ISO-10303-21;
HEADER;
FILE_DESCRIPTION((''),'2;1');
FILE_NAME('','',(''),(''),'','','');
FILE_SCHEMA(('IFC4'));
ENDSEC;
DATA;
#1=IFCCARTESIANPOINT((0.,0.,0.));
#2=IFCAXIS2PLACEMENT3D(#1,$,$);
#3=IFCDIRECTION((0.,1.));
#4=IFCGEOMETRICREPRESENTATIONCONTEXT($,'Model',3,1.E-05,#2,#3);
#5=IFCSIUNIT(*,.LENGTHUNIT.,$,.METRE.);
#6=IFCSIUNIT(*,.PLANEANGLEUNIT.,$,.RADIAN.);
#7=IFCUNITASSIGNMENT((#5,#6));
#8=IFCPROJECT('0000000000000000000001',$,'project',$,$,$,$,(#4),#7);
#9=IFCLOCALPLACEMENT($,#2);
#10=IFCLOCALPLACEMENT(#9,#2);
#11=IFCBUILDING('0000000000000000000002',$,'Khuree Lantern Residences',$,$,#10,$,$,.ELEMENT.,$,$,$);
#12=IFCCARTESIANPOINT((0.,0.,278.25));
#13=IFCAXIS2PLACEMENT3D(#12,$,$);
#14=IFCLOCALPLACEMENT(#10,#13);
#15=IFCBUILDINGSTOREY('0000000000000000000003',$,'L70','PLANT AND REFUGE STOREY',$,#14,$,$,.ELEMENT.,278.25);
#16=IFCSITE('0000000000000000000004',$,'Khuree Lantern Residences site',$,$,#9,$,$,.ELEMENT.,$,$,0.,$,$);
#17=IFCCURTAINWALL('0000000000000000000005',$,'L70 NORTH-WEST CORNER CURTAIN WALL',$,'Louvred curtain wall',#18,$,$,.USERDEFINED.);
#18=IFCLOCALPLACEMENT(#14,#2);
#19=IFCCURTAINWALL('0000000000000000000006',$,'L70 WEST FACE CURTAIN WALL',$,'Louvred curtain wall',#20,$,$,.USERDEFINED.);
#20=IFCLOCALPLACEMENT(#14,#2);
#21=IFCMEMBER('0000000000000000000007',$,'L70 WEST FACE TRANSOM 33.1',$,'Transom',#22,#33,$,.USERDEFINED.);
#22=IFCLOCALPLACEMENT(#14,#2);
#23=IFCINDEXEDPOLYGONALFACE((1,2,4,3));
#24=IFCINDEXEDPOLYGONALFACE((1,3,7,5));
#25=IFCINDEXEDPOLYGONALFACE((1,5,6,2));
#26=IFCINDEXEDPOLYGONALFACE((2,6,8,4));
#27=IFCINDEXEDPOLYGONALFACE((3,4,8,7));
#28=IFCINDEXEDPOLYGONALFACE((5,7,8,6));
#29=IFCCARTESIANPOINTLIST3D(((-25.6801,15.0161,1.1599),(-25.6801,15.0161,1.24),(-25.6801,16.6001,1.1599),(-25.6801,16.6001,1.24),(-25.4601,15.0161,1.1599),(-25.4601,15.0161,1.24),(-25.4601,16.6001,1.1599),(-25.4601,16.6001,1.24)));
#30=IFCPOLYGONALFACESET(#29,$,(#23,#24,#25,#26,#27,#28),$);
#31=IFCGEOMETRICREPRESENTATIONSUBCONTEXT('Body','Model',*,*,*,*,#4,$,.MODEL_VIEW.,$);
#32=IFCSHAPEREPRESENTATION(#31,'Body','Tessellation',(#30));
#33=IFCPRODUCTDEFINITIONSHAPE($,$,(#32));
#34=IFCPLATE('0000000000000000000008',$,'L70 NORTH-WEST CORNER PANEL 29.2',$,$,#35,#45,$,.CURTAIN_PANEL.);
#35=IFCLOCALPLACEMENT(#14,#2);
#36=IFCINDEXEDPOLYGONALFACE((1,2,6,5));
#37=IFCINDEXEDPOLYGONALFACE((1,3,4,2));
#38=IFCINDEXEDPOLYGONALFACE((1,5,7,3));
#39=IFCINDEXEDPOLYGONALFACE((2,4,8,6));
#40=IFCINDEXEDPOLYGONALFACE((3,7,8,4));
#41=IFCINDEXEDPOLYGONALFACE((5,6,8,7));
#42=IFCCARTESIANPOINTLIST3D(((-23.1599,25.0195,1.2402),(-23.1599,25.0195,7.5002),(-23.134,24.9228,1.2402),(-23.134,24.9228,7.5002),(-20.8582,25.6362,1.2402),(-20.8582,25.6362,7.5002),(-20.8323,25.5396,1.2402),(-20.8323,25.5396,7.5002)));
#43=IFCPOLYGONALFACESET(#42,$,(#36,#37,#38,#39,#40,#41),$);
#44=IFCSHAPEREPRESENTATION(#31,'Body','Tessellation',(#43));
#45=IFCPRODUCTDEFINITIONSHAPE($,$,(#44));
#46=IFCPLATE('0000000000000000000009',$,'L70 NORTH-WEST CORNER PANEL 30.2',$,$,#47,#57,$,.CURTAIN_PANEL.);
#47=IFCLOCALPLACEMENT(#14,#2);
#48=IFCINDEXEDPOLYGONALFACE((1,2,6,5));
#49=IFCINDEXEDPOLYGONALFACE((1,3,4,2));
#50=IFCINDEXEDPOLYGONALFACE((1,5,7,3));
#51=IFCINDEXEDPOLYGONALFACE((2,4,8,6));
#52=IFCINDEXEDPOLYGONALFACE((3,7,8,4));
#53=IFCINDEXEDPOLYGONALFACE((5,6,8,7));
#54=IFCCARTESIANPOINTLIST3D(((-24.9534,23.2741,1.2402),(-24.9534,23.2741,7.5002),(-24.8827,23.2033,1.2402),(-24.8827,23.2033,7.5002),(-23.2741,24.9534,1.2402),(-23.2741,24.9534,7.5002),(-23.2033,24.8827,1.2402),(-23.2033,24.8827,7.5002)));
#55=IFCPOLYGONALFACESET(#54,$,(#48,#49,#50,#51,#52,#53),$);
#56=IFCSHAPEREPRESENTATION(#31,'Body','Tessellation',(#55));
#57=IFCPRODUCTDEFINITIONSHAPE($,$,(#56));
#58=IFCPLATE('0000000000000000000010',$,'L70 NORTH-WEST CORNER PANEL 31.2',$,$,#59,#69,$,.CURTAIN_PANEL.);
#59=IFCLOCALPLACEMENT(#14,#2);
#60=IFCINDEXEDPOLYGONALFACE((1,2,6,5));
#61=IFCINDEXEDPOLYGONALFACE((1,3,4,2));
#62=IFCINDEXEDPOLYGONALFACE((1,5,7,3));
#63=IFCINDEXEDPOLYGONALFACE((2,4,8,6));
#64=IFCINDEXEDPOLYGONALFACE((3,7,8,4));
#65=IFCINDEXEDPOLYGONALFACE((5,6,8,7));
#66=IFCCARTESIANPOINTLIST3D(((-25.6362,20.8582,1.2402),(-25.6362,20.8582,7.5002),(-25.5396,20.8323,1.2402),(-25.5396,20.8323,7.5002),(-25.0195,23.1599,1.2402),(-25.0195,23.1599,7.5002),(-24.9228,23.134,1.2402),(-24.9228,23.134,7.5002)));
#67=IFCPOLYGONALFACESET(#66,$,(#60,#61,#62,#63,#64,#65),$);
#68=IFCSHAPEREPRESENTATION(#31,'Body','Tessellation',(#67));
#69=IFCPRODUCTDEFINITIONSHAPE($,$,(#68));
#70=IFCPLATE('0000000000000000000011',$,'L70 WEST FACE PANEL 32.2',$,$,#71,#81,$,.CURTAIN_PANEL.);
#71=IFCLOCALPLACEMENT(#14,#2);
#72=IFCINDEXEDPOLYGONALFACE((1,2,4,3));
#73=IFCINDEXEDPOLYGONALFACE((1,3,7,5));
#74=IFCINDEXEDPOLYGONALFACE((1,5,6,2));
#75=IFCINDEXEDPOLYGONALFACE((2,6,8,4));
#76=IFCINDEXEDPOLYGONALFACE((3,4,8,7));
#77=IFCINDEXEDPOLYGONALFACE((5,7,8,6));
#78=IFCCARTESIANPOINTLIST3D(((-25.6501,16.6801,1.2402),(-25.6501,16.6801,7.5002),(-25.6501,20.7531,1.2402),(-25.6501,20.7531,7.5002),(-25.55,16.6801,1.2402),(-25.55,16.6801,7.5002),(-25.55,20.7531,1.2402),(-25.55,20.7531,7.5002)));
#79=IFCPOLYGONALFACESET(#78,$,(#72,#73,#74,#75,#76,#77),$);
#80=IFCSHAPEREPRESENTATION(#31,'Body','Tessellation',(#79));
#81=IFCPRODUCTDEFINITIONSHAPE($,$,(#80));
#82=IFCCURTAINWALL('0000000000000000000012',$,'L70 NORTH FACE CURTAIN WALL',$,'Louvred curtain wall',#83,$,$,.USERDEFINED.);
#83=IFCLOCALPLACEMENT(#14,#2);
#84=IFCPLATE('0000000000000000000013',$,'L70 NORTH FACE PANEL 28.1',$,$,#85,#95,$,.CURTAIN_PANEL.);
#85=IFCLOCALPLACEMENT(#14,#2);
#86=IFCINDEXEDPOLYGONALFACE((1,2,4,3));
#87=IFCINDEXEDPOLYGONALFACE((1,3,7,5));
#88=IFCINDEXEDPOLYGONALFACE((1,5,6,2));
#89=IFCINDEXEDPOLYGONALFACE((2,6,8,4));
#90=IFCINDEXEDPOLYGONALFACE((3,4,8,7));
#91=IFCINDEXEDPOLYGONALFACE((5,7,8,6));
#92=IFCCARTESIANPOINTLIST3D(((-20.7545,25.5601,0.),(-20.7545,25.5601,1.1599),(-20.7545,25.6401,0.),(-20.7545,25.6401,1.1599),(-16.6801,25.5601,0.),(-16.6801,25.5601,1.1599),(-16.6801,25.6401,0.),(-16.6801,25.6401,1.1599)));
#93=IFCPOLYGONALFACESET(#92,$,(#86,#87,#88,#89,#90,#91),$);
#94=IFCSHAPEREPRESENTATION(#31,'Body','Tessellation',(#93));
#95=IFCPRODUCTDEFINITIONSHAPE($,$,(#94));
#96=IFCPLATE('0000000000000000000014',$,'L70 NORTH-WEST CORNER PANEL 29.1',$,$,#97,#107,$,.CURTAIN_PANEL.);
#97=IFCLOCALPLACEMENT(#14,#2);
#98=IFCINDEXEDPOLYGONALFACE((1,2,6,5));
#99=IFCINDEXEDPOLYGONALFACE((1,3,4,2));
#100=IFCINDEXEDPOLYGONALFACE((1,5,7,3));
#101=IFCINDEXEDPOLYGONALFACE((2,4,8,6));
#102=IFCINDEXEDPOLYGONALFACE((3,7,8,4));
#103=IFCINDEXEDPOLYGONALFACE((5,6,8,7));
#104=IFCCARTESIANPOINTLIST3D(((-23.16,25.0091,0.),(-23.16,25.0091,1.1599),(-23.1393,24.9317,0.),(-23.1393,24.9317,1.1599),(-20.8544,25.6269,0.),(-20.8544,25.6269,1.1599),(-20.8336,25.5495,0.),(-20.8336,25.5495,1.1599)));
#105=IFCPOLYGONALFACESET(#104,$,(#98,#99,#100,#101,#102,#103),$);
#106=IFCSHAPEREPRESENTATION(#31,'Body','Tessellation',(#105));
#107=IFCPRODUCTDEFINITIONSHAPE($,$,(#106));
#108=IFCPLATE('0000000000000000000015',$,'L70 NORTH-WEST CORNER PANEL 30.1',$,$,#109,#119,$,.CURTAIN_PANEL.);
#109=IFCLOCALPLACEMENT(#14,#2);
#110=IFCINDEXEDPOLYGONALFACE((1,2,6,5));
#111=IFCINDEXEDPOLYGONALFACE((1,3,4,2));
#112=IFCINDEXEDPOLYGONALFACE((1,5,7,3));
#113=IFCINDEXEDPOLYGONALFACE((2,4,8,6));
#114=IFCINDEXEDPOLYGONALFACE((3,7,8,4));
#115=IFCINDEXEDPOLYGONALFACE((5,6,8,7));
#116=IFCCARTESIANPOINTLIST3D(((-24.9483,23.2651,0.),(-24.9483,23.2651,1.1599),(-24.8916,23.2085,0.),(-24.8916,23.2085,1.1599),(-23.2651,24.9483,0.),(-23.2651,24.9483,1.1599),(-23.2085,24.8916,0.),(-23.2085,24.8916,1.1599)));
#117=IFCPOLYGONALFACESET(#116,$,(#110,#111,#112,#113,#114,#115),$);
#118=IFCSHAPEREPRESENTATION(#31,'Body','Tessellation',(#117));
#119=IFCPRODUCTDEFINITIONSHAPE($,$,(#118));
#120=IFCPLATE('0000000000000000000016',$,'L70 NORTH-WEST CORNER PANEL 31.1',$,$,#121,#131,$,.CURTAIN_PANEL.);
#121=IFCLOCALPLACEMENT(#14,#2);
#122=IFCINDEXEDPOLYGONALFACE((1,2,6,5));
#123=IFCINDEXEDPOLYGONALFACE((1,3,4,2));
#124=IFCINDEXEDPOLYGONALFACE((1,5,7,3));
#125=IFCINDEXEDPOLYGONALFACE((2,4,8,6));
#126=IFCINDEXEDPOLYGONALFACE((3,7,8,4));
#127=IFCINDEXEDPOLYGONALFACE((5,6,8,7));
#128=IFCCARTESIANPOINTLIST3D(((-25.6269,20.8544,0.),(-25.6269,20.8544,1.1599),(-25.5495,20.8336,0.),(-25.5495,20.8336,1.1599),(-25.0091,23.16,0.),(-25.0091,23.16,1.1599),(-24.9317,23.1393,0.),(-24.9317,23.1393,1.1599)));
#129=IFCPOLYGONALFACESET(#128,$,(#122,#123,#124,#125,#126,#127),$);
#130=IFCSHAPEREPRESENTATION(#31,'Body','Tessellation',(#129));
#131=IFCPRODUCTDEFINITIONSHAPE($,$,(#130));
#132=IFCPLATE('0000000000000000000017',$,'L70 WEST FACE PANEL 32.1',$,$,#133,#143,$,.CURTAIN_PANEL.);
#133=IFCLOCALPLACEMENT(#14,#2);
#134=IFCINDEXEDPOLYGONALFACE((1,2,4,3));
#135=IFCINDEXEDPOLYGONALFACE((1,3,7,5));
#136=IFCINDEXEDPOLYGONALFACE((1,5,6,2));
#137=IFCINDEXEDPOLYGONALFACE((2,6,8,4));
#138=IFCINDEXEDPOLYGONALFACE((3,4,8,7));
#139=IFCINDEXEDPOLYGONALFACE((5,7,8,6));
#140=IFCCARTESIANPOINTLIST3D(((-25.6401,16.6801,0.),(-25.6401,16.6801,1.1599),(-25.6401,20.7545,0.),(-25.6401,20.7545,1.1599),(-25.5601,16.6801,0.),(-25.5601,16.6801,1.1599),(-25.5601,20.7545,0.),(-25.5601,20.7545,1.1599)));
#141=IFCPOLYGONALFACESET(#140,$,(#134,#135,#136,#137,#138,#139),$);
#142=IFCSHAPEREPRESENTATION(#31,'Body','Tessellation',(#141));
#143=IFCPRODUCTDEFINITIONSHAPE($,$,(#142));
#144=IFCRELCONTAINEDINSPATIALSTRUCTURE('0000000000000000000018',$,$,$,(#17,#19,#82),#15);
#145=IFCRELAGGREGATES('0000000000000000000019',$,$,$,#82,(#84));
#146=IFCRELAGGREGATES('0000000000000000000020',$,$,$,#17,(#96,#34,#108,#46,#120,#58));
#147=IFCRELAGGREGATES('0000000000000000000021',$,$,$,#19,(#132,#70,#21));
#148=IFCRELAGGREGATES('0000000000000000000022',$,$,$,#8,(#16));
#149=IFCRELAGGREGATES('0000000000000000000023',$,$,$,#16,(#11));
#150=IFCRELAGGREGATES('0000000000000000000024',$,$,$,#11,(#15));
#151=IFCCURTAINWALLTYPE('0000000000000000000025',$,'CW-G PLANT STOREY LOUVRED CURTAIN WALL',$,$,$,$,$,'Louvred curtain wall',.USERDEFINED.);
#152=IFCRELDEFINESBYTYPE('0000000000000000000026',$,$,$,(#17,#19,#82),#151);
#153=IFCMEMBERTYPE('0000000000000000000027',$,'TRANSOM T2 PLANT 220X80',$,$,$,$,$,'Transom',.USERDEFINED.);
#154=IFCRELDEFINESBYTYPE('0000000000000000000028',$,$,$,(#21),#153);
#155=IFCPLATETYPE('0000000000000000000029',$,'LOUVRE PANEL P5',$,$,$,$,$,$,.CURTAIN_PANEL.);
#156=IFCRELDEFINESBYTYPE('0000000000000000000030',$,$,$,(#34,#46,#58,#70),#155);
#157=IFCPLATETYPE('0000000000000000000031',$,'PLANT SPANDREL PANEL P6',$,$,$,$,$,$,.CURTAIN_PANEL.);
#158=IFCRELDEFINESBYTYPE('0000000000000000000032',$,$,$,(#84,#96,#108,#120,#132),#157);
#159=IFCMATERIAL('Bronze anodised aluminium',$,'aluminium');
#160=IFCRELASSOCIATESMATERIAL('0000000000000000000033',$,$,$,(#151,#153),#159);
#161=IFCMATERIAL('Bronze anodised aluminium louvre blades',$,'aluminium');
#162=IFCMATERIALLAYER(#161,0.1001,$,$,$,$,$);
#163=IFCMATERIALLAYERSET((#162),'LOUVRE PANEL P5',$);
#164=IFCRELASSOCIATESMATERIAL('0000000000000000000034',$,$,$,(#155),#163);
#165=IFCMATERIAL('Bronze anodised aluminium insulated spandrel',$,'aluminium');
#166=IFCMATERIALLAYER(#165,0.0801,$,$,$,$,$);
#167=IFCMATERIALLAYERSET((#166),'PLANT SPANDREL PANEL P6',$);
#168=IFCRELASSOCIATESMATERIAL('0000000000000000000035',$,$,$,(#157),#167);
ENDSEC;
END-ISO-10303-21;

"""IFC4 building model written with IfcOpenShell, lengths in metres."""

from ifc_helpers import new_model, si_unit, direction, frame, origin, origin_2d, place, context, subcontext, project, spatial, rectangle, extrude, material, layer, layer_set, material_profile, profile_set, type_object, element, aggregate, save


model = new_model("IFC4")

# Units and contexts
model_context = context("Model", 3, precision=1e-05, world=origin(), true_north=direction((0.0, 1.0)))
body_context = subcontext(model_context, "Body", "Model", "MODEL_VIEW")
ifc_project = project(units=[si_unit("LENGTHUNIT", "METRE"), si_unit("PLANEANGLEUNIT", "RADIAN")], contexts=[model_context])

# Site, building, storey
site_placement = place(None, origin())
site = spatial("IfcSite", under=ifc_project, at=site_placement, Name="Khuree Lantern Residences site", CompositionType="ELEMENT", RefElevation=0.0)
building_placement = place(site_placement, origin())
building = spatial("IfcBuilding", under=site, at=building_placement, Name="Khuree Lantern Residences", CompositionType="ELEMENT")
storey_placement = place(building_placement, frame((0.0, 0.0, 278.25)))
storey = spatial("IfcBuildingStorey", under=building, at=storey_placement, Name="L70", Description="PLANT AND REFUGE STOREY", CompositionType="ELEMENT", Elevation=278.25)

# Curtain walls
ifc_material_1 = material(Name="Bronze anodised aluminium", Category="aluminium")
curtain_wall_type = type_object("IfcCurtainWallType", Name="CW-G PLANT STOREY LOUVRED CURTAIN WALL", ElementType="Louvred curtain wall", PredefinedType="USERDEFINED", material=ifc_material_1)
curtain_wall_1_placement = place(storey_placement, origin())
curtain_wall_1 = element("IfcCurtainWall", 1, at=curtain_wall_1_placement, inside=storey, type_object=curtain_wall_type, Name="L70 NORTH-WEST CORNER CURTAIN WALL", ObjectType="Louvred curtain wall", PredefinedType="USERDEFINED")
curtain_wall_2_placement = place(storey_placement, origin())
curtain_wall_2 = element("IfcCurtainWall", 2, at=curtain_wall_2_placement, inside=storey, type_object=curtain_wall_type, Name="L70 WEST FACE CURTAIN WALL", ObjectType="Louvred curtain wall", PredefinedType="USERDEFINED")

# Member
ifc_material_profile_1 = material_profile(ifc_material_1, rectangle(XDim=0.22, YDim=0.0801, at=origin_2d()), Name="T2 220X80")
ifc_profile_set_1 = profile_set([ifc_material_profile_1], Name="Bronze anodised aluminium")
member_type_1 = type_object("IfcMemberType", Name="TRANSOM T2 PLANT 220X80", ElementType="Transom", PredefinedType="USERDEFINED", material=ifc_profile_set_1)
member_1_placement = place(storey_placement, frame((-25.5701, 16.6001, 1.2), z_axis=(0.0, -1.0, 0.0), x_axis=(1.0, 0.0, 0.0)))
member_1 = element("IfcMember", 3, at=member_1_placement, type_object=member_type_1, Name="L70 WEST FACE TRANSOM 33.1", ObjectType="Transom", PredefinedType="USERDEFINED", context=body_context, shape_type="SweptSolid", body=[
    extrude(rectangle(XDim=0.22, YDim=0.0801, at=origin_2d()), origin(), (0.0, 0.0, 1.0), 1.584),
])

# Plates
ifc_material_2 = material(Name="Bronze anodised aluminium louvre blades", Category="aluminium")
ifc_layer_1 = layer(ifc_material_2, 0.1001)
ifc_layer_set_1 = layer_set([ifc_layer_1], Name="LOUVRE PANEL P5")
plate_type_1 = type_object("IfcPlateType", Name="LOUVRE PANEL P5", PredefinedType="CURTAIN_PANEL", material=ifc_layer_set_1)
plate_1_placement = place(storey_placement, frame((-21.9961, 25.2795, 1.2402), z_axis=(0.0, 0.0, 1.0), x_axis=(-0.965926, -0.258819, 0.0)))
plate_1 = element("IfcPlate", 4, at=plate_1_placement, type_object=plate_type_1, Name="L70 NORTH-WEST CORNER PANEL 29.2", PredefinedType="CURTAIN_PANEL", context=body_context, shape_type="SweptSolid", body=[
    extrude(rectangle(XDim=2.3828, YDim=0.1001, at=origin_2d()), origin(), (0.0, 0.0, 1.0), 6.26),
])
plate_2_placement = place(storey_placement, frame((-24.0784, 24.0784, 1.2402), z_axis=(0.0, 0.0, 1.0), x_axis=(-0.707107, -0.707107, 0.0)))
plate_2 = element("IfcPlate", 5, at=plate_2_placement, type_object=plate_type_1, Name="L70 NORTH-WEST CORNER PANEL 30.2", PredefinedType="CURTAIN_PANEL", context=body_context, shape_type="SweptSolid", body=[
    extrude(rectangle(XDim=2.375, YDim=0.1001, at=origin_2d()), origin(), (0.0, 0.0, 1.0), 6.26),
])
plate_3_placement = place(storey_placement, frame((-25.2795, 21.9961, 1.2402), z_axis=(0.0, 0.0, 1.0), x_axis=(-0.258819, -0.965926, 0.0)))
plate_3 = element("IfcPlate", 6, at=plate_3_placement, type_object=plate_type_1, Name="L70 NORTH-WEST CORNER PANEL 31.2", PredefinedType="CURTAIN_PANEL", context=body_context, shape_type="SweptSolid", body=[
    extrude(rectangle(XDim=2.3828, YDim=0.1001, at=origin_2d()), origin(), (0.0, 0.0, 1.0), 6.26),
])
plate_4_placement = place(storey_placement, frame((-25.6001, 18.7166, 1.2402), z_axis=(0.0, 0.0, 1.0), x_axis=(0.0, -1.0, 0.0)))
plate_4 = element("IfcPlate", 7, at=plate_4_placement, type_object=plate_type_1, Name="L70 WEST FACE PANEL 32.2", PredefinedType="CURTAIN_PANEL", context=body_context, shape_type="SweptSolid", body=[
    extrude(rectangle(XDim=4.073, YDim=0.1001, at=origin_2d()), origin(), (0.0, 0.0, 1.0), 6.26),
])

# Curtain wall, plate
curtain_wall_3_placement = place(storey_placement, origin())
curtain_wall_3 = element("IfcCurtainWall", 8, at=curtain_wall_3_placement, inside=storey, type_object=curtain_wall_type, Name="L70 NORTH FACE CURTAIN WALL", ObjectType="Louvred curtain wall", PredefinedType="USERDEFINED")
ifc_material_3 = material(Name="Bronze anodised aluminium insulated spandrel", Category="aluminium")
ifc_layer_2 = layer(ifc_material_3, 0.0801)
ifc_layer_set_2 = layer_set([ifc_layer_2], Name="PLANT SPANDREL PANEL P6")
plate_type_2 = type_object("IfcPlateType", Name="PLANT SPANDREL PANEL P6", PredefinedType="CURTAIN_PANEL", material=ifc_layer_set_2)
plate_5_placement = place(storey_placement, frame((-18.7173, 25.6001, 0.0), z_axis=(0.0, 0.0, 1.0), x_axis=(-1.0, 0.0, 0.0)))
plate_5 = element("IfcPlate", 9, at=plate_5_placement, type_object=plate_type_2, Name="L70 NORTH FACE PANEL 28.1", PredefinedType="CURTAIN_PANEL", context=body_context, shape_type="SweptSolid", body=[
    extrude(rectangle(XDim=4.0745, YDim=0.0801, at=origin_2d()), origin(), (0.0, 0.0, 1.0), 1.1599),
])
aggregate(curtain_wall_3, [plate_5])

# Plates
plate_6_placement = place(storey_placement, frame((-21.9968, 25.2793, 0.0), z_axis=(0.0, 0.0, 1.0), x_axis=(-0.965926, -0.258819, 0.0)))
plate_6 = element("IfcPlate", 10, at=plate_6_placement, type_object=plate_type_2, Name="L70 NORTH-WEST CORNER PANEL 29.1", PredefinedType="CURTAIN_PANEL", context=body_context, shape_type="SweptSolid", body=[
    extrude(rectangle(XDim=2.387, YDim=0.0801, at=origin_2d()), origin(), (0.0, 0.0, 1.0), 1.1599),
])
plate_7_placement = place(storey_placement, frame((-24.0784, 24.0784, 0.0), z_axis=(0.0, 0.0, 1.0), x_axis=(-0.707107, -0.707107, 0.0)))
plate_7 = element("IfcPlate", 11, at=plate_7_placement, type_object=plate_type_2, Name="L70 NORTH-WEST CORNER PANEL 30.1", PredefinedType="CURTAIN_PANEL", context=body_context, shape_type="SweptSolid", body=[
    extrude(rectangle(XDim=2.3804, YDim=0.0801, at=origin_2d()), origin(), (0.0, 0.0, 1.0), 1.1599),
])
plate_8_placement = place(storey_placement, frame((-25.2793, 21.9968, 0.0), z_axis=(0.0, 0.0, 1.0), x_axis=(-0.258819, -0.965926, 0.0)))
plate_8 = element("IfcPlate", 12, at=plate_8_placement, type_object=plate_type_2, Name="L70 NORTH-WEST CORNER PANEL 31.1", PredefinedType="CURTAIN_PANEL", context=body_context, shape_type="SweptSolid", body=[
    extrude(rectangle(XDim=2.387, YDim=0.0801, at=origin_2d()), origin(), (0.0, 0.0, 1.0), 1.1599),
])
aggregate(curtain_wall_1, [plate_6, plate_1, plate_7, plate_2, plate_8, plate_3])
plate_9_placement = place(storey_placement, frame((-25.6001, 18.7173, 0.0), z_axis=(0.0, 0.0, 1.0), x_axis=(0.0, -1.0, 0.0)))
plate_9 = element("IfcPlate", 13, at=plate_9_placement, type_object=plate_type_2, Name="L70 WEST FACE PANEL 32.1", PredefinedType="CURTAIN_PANEL", context=body_context, shape_type="SweptSolid", body=[
    extrude(rectangle(XDim=4.0745, YDim=0.0801, at=origin_2d()), origin(), (0.0, 0.0, 1.0), 1.1599),
])
aggregate(curtain_wall_2, [plate_9, plate_4, member_1])

save(model, "model.ifc")
